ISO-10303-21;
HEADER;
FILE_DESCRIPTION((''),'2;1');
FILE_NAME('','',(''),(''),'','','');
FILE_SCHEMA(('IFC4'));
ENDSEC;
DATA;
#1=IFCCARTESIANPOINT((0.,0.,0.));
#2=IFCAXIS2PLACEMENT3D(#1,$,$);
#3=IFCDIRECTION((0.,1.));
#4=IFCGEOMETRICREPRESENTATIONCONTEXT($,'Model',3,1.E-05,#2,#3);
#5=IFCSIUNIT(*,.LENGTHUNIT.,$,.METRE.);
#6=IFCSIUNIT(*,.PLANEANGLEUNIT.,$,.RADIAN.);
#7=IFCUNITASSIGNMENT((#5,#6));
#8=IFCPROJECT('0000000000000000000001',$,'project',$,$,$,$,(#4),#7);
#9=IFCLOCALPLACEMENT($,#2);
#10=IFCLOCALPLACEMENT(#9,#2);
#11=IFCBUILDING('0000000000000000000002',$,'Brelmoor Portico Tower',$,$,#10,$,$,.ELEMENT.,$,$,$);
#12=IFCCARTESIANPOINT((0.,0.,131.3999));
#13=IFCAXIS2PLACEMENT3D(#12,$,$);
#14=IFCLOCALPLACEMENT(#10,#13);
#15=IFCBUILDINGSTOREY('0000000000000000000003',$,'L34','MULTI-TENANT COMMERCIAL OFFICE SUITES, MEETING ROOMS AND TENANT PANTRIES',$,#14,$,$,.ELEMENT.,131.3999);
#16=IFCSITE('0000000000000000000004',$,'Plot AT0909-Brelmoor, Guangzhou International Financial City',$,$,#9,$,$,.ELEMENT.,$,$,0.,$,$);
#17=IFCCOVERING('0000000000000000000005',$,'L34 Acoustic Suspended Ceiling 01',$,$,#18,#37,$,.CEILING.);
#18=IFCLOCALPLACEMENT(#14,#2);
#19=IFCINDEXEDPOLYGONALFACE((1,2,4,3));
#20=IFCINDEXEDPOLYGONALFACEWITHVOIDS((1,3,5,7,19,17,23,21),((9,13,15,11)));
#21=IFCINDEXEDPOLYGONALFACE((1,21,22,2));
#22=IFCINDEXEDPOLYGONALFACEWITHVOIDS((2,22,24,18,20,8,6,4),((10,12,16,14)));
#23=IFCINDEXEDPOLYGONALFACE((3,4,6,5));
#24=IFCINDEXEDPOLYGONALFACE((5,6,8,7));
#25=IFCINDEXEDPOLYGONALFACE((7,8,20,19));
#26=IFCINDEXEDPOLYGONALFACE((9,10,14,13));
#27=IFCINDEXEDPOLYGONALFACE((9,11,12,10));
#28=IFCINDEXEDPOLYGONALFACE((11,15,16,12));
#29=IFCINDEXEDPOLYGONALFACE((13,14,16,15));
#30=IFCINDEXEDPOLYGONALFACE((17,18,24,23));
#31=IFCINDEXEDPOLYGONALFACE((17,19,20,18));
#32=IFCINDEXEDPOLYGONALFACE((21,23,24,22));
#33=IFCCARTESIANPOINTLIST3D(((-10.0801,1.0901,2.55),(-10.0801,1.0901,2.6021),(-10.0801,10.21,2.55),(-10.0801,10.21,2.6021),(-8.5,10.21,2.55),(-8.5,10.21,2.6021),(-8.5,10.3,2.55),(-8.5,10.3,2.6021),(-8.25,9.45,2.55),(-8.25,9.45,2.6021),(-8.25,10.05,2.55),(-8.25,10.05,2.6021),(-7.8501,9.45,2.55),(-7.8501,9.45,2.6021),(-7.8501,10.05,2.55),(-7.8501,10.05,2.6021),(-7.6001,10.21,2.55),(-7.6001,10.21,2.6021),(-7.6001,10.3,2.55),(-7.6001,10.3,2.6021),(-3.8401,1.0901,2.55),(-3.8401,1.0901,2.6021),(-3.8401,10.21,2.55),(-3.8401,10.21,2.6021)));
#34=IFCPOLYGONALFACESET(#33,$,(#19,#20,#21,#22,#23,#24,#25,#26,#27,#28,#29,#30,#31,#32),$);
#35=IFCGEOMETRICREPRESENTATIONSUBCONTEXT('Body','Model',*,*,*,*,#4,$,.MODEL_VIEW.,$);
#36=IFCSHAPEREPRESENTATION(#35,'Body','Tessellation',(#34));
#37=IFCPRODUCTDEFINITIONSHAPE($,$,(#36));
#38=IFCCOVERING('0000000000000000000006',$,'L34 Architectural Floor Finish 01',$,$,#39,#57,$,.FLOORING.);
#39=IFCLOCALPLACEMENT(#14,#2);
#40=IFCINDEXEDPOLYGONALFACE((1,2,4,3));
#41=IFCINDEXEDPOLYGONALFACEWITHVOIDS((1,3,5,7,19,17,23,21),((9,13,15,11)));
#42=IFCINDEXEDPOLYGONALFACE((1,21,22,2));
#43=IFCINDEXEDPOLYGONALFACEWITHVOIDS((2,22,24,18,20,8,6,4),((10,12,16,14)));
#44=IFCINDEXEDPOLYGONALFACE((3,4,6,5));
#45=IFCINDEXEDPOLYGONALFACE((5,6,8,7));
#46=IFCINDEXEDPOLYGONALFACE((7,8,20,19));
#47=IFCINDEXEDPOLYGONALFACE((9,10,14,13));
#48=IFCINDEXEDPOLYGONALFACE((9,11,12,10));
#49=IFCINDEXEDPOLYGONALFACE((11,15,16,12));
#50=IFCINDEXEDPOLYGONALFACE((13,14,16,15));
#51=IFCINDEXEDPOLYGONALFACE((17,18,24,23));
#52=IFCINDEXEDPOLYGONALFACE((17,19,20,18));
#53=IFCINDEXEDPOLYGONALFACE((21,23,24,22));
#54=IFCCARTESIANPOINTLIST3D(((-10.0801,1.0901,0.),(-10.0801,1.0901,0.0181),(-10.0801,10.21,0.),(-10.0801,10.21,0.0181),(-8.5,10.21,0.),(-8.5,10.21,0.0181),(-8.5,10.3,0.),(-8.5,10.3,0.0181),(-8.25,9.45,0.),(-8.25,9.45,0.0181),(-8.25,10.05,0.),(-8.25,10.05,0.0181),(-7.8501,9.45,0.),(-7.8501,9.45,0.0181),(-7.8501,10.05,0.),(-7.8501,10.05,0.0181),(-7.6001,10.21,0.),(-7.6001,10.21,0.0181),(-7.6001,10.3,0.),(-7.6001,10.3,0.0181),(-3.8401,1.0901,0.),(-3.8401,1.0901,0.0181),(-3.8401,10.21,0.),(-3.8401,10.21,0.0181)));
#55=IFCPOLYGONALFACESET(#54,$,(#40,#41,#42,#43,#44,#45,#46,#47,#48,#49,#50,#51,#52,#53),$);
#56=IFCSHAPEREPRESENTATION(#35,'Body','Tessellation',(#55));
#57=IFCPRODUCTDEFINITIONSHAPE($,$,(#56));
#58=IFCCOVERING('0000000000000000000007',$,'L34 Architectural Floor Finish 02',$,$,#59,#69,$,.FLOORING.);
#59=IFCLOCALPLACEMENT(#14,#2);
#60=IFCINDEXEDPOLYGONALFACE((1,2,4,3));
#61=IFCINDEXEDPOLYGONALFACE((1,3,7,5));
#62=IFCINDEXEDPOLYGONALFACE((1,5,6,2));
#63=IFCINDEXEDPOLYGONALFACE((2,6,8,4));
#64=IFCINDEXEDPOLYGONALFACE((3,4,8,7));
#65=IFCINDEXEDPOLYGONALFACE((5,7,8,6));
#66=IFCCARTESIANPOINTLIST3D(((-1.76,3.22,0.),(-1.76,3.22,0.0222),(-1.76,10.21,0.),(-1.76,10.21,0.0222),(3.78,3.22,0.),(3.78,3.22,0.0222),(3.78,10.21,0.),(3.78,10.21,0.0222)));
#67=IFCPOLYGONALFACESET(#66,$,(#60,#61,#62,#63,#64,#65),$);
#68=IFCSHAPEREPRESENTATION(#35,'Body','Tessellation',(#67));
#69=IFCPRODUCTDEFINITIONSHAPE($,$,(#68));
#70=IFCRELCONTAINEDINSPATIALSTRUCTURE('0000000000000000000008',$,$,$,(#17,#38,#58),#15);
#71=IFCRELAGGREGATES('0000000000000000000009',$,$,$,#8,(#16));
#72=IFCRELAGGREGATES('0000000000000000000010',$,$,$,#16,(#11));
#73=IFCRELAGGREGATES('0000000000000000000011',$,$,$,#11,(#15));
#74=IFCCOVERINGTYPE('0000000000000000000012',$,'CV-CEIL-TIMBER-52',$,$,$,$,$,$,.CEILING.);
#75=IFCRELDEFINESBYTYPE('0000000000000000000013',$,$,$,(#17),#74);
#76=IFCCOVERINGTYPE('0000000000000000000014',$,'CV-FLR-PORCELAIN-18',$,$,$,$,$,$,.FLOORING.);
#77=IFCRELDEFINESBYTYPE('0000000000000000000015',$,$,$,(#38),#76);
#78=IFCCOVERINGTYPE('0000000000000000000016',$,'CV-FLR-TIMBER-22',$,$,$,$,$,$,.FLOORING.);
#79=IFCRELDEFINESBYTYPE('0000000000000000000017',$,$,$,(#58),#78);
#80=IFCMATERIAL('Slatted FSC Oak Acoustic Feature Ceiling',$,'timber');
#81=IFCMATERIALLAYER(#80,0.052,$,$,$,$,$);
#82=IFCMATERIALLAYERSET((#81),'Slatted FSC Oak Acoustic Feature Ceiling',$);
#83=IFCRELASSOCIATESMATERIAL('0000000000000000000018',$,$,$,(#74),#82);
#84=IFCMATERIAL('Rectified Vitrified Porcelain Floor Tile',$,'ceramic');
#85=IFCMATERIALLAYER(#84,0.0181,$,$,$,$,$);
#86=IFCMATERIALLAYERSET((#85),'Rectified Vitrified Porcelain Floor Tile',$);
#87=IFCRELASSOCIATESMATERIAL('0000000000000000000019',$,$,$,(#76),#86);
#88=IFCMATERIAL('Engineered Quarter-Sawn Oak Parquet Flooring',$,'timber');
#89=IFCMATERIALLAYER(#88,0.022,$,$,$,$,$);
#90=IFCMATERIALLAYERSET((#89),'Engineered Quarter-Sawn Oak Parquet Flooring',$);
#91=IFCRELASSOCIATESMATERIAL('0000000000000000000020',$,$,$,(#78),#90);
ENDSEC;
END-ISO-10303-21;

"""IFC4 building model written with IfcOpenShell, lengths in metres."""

from ifc_helpers import new_model, si_unit, direction, frame, origin, place, context, subcontext, project, spatial, polyline, outline, extrude, material, layer, layer_set, type_object, element, save


model = new_model("IFC4")

# Units and contexts
model_context = context("Model", 3, precision=1e-05, world=origin(), true_north=direction((0.0, 1.0)))
body_context = subcontext(model_context, "Body", "Model", "MODEL_VIEW")
ifc_project = project(units=[si_unit("LENGTHUNIT", "METRE"), si_unit("PLANEANGLEUNIT", "RADIAN")], contexts=[model_context])

# Site, building, storey
site_placement = place(None, origin())
site = spatial("IfcSite", under=ifc_project, at=site_placement, Name="Plot AT0909-Brelmoor, Guangzhou International Financial City", CompositionType="ELEMENT", RefElevation=0.0)
building_placement = place(site_placement, origin())
building = spatial("IfcBuilding", under=site, at=building_placement, Name="Brelmoor Portico Tower", CompositionType="ELEMENT")
storey_placement = place(building_placement, frame((0.0, 0.0, 131.3999)))
storey = spatial("IfcBuildingStorey", under=building, at=storey_placement, Name="L34", Description="MULTI-TENANT COMMERCIAL OFFICE SUITES, MEETING ROOMS AND TENANT PANTRIES", CompositionType="ELEMENT", Elevation=131.3999)

# Coverings
ifc_material_1 = material(Name="Slatted FSC Oak Acoustic Feature Ceiling", Category="timber")
ifc_layer_1 = layer(ifc_material_1, 0.052)
ifc_layer_set_1 = layer_set([ifc_layer_1], Name="Slatted FSC Oak Acoustic Feature Ceiling")
covering_type_1 = type_object("IfcCoveringType", Name="CV-CEIL-TIMBER-52", PredefinedType="CEILING", material=ifc_layer_set_1)
covering_1_placement = place(storey_placement, frame((0.0, 0.0, 2.55)))
element("IfcCovering", 1, at=covering_1_placement, inside=storey, type_object=covering_type_1, Name="L34 Acoustic Suspended Ceiling 01", PredefinedType="CEILING", context=body_context, shape_type="SweptSolid", body=[
    extrude(outline(polyline([(-10.0801, 10.21), (-8.5, 10.21), (-8.5, 10.3), (-7.6001, 10.3), (-7.6001, 10.21), (-3.8401, 10.21), (-3.8401, 1.0901), (-10.0801, 1.0901), (-10.0801, 10.21)]), holes=[polyline([(-7.8501, 9.45), (-7.8501, 10.05), (-8.25, 10.05), (-8.25, 9.45), (-7.8501, 9.45)])]), origin(), (0.0, 0.0, 1.0), 0.052),
])
ifc_material_2 = material(Name="Rectified Vitrified Porcelain Floor Tile", Category="ceramic")
ifc_layer_2 = layer(ifc_material_2, 0.0181)
ifc_layer_set_2 = layer_set([ifc_layer_2], Name="Rectified Vitrified Porcelain Floor Tile")
covering_type_2 = type_object("IfcCoveringType", Name="CV-FLR-PORCELAIN-18", PredefinedType="FLOORING", material=ifc_layer_set_2)
covering_2_placement = place(storey_placement, origin())
element("IfcCovering", 2, at=covering_2_placement, inside=storey, type_object=covering_type_2, Name="L34 Architectural Floor Finish 01", PredefinedType="FLOORING", context=body_context, shape_type="SweptSolid", body=[
    extrude(outline(polyline([(-10.0801, 10.21), (-8.5, 10.21), (-8.5, 10.3), (-7.6001, 10.3), (-7.6001, 10.21), (-3.8401, 10.21), (-3.8401, 1.0901), (-10.0801, 1.0901), (-10.0801, 10.21)]), holes=[polyline([(-7.8501, 9.45), (-7.8501, 10.05), (-8.25, 10.05), (-8.25, 9.45), (-7.8501, 9.45)])]), origin(), (0.0, 0.0, 1.0), 0.0181),
])
ifc_material_3 = material(Name="Engineered Quarter-Sawn Oak Parquet Flooring", Category="timber")
ifc_layer_3 = layer(ifc_material_3, 0.022)
ifc_layer_set_3 = layer_set([ifc_layer_3], Name="Engineered Quarter-Sawn Oak Parquet Flooring")
covering_type_3 = type_object("IfcCoveringType", Name="CV-FLR-TIMBER-22", PredefinedType="FLOORING", material=ifc_layer_set_3)
covering_3_placement = place(storey_placement, origin())
element("IfcCovering", 3, at=covering_3_placement, inside=storey, type_object=covering_type_3, Name="L34 Architectural Floor Finish 02", PredefinedType="FLOORING", context=body_context, shape_type="SweptSolid", body=[
    extrude(outline(polyline([(-1.76, 3.22), (-1.76, 10.21), (3.78, 10.21), (3.78, 3.22), (-1.76, 3.22)])), origin(), (0.0, 0.0, 1.0), 0.0222),
])

save(model, "model.ifc")
